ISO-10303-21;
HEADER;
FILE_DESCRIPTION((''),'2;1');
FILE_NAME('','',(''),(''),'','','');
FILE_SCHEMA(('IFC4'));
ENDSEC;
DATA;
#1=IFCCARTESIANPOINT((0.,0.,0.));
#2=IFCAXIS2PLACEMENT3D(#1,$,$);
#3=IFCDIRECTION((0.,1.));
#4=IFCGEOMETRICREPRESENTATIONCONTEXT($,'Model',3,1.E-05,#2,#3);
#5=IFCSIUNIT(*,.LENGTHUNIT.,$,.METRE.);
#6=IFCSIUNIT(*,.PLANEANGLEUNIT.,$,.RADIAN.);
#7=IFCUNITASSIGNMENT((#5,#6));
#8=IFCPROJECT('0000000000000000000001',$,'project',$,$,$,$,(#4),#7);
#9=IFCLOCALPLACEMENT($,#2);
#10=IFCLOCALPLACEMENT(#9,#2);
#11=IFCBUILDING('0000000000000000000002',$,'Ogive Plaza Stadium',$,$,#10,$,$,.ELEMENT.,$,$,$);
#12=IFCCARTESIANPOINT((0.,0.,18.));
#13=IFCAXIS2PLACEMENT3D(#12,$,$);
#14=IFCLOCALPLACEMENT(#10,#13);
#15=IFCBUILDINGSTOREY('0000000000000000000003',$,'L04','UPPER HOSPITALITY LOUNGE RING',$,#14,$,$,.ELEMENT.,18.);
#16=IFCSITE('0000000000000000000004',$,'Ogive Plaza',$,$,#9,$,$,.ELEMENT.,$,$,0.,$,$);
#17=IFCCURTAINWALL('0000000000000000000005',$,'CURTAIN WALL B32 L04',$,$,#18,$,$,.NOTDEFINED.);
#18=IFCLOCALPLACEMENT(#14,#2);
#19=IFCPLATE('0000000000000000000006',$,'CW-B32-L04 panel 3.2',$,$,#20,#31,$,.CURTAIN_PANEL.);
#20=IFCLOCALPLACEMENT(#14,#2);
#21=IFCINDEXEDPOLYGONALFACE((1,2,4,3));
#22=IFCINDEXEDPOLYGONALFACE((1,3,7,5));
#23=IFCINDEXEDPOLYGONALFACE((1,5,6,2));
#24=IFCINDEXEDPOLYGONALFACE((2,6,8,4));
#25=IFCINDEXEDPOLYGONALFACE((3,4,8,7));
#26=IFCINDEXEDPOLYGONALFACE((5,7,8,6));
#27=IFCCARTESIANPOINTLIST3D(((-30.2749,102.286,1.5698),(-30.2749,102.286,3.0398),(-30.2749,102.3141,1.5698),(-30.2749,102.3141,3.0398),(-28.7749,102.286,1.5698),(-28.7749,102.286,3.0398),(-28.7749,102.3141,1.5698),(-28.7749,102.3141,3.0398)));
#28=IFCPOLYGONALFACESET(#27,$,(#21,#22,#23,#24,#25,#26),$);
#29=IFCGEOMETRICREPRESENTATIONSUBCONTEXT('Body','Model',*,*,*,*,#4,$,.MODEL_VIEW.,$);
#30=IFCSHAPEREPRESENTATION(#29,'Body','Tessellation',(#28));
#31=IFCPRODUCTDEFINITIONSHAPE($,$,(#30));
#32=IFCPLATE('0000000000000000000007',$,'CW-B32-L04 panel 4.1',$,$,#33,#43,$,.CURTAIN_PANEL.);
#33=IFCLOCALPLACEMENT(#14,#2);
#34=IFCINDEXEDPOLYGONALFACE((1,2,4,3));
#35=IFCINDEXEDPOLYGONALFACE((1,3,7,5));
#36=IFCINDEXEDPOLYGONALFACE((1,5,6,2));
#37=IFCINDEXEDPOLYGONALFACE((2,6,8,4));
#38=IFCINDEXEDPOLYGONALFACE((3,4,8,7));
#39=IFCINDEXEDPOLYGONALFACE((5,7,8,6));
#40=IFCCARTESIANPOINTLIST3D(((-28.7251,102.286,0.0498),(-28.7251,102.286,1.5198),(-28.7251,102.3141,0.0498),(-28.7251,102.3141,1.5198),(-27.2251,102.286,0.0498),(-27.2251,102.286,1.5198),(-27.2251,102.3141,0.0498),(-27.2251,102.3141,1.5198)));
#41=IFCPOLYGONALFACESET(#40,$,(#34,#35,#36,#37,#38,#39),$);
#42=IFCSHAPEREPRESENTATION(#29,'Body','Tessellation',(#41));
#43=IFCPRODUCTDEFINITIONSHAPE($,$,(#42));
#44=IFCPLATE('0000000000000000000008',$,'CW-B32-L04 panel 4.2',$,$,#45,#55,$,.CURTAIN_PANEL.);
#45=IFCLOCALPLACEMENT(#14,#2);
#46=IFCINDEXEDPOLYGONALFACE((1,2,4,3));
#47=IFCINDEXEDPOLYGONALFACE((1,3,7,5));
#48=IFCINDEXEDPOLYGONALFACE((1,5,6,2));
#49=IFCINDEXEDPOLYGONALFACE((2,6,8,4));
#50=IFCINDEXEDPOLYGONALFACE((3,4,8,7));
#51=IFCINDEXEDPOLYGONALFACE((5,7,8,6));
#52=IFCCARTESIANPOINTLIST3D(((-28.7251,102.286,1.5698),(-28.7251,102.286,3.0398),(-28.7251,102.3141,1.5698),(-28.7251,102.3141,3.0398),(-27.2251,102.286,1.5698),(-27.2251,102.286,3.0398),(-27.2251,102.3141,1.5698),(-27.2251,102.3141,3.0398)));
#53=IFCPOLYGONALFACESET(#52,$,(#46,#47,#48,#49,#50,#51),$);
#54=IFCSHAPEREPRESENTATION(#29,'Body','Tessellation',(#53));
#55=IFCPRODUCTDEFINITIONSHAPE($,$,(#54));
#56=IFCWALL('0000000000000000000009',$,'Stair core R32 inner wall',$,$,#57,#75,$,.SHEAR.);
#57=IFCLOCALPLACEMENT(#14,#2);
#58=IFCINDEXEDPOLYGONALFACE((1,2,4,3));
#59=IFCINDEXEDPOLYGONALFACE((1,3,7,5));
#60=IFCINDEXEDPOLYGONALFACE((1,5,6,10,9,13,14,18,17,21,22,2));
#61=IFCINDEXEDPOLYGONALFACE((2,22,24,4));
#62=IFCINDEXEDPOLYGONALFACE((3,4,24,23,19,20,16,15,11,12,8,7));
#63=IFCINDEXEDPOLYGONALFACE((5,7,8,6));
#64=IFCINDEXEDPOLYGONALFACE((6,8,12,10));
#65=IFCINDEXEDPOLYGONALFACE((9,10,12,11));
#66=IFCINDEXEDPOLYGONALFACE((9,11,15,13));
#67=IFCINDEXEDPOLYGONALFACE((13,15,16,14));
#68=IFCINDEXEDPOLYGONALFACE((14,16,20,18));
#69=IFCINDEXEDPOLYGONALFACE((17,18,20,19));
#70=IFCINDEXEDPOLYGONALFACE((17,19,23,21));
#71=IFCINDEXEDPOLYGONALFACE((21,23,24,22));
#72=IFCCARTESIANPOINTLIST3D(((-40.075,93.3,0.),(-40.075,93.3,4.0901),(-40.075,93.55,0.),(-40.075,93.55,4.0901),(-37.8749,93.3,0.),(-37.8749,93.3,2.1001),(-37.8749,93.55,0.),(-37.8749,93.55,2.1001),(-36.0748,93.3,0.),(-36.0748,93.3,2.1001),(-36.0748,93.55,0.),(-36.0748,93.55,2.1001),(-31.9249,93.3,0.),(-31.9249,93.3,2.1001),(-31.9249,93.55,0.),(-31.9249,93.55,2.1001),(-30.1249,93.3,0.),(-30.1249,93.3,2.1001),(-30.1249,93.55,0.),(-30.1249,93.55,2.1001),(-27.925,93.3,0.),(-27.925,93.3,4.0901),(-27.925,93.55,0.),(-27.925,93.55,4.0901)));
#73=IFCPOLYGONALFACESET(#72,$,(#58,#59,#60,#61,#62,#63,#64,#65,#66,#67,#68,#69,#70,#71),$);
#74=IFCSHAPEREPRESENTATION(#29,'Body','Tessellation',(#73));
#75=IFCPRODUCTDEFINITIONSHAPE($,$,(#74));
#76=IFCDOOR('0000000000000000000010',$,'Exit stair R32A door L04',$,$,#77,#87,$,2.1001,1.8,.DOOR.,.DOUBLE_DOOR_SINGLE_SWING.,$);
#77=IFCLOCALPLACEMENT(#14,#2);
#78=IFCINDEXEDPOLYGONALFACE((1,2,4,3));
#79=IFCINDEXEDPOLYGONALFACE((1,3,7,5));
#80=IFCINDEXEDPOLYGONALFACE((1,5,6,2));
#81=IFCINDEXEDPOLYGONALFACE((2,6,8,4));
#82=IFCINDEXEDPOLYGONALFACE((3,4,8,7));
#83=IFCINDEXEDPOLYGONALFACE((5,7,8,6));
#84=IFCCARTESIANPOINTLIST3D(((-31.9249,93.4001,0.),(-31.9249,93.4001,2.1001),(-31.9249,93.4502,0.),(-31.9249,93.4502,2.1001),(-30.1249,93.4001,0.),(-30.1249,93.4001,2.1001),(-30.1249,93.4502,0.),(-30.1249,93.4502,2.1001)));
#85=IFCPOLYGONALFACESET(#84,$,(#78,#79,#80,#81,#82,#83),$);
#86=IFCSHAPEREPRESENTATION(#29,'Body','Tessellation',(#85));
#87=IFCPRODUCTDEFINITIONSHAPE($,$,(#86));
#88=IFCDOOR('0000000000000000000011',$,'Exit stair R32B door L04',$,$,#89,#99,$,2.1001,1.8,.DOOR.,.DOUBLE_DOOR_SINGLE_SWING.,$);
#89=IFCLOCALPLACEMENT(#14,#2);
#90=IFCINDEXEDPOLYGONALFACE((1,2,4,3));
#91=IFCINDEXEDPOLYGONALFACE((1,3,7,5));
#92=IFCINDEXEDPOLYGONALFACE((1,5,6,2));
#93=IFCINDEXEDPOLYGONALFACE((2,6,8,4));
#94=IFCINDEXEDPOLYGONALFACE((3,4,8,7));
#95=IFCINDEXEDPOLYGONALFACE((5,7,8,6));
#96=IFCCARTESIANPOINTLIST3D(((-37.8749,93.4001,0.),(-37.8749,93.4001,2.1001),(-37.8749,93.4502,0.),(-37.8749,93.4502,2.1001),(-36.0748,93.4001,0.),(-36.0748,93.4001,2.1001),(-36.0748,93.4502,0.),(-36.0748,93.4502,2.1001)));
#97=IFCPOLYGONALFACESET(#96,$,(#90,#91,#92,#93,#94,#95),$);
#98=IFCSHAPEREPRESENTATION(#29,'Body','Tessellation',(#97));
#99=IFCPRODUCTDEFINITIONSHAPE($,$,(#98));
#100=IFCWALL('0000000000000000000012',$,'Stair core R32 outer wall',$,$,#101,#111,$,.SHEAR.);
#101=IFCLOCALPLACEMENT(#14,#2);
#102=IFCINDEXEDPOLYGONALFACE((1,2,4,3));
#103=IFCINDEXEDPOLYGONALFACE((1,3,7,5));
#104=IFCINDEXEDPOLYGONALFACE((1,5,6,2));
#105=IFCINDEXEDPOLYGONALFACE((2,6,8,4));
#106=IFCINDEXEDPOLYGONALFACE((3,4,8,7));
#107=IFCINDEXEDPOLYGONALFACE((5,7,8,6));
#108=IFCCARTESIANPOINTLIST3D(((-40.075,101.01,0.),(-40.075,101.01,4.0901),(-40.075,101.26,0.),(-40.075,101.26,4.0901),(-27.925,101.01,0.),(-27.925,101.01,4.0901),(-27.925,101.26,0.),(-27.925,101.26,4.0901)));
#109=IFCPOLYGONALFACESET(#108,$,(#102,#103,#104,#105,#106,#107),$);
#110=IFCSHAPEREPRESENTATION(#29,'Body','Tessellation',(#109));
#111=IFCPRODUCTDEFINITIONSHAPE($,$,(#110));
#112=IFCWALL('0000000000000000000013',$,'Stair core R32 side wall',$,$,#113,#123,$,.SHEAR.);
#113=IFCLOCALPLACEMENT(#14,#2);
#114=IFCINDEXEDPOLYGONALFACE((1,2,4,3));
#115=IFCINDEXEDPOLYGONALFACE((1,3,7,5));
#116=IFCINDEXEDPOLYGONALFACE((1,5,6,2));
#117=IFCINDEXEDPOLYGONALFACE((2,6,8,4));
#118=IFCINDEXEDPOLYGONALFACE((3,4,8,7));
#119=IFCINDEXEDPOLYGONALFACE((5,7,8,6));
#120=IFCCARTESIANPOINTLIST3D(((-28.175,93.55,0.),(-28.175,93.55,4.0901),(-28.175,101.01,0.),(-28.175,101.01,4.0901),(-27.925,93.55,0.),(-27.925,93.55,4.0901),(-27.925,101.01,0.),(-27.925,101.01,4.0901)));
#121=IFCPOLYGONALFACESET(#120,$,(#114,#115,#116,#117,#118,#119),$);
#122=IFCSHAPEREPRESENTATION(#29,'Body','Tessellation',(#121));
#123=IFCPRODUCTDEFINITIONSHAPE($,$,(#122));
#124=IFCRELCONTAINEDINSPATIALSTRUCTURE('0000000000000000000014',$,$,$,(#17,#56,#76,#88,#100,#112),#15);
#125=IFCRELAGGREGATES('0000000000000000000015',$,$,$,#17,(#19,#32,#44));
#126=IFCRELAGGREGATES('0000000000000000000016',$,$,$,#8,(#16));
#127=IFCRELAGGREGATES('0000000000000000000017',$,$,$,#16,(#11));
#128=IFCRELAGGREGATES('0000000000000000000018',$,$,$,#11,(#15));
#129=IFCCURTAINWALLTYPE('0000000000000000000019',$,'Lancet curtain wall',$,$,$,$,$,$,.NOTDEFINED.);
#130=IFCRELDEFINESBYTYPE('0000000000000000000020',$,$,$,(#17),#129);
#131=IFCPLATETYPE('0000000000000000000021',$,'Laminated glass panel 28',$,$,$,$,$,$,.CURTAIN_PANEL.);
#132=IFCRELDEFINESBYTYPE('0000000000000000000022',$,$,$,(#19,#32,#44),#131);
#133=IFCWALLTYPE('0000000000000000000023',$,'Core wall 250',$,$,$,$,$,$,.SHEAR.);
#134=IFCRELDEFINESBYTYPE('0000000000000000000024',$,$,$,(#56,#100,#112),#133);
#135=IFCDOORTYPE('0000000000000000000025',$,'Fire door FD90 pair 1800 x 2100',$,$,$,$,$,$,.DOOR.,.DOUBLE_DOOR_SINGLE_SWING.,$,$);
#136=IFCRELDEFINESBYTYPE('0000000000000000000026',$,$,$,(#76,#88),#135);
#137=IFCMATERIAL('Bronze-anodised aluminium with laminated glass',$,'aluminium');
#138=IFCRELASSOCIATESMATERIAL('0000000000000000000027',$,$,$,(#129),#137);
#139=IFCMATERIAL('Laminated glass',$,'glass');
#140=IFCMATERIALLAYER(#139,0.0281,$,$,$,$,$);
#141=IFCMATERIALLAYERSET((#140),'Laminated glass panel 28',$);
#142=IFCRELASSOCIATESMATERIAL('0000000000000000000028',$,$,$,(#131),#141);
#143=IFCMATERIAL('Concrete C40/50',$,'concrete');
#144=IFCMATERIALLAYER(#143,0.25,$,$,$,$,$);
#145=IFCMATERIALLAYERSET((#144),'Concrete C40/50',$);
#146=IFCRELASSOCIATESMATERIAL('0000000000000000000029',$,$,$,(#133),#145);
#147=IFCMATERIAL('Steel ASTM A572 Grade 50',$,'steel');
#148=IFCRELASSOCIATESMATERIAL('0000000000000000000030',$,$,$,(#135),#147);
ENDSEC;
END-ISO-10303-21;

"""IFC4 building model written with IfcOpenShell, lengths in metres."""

from ifc_helpers import new_model, si_unit, direction, frame, frame_2d, origin, origin_2d, place, context, subcontext, project, spatial, rectangle, extrude, material, layer, layer_set, type_object, element, fill, aggregate, save


model = new_model("IFC4")

# Units and contexts
model_context = context("Model", 3, precision=1e-05, world=origin(), true_north=direction((0.0, 1.0)))
body_context = subcontext(model_context, "Body", "Model", "MODEL_VIEW")
ifc_project = project(units=[si_unit("LENGTHUNIT", "METRE"), si_unit("PLANEANGLEUNIT", "RADIAN")], contexts=[model_context])

# Site, building, storey
site_placement = place(None, origin())
site = spatial("IfcSite", under=ifc_project, at=site_placement, Name="Ogive Plaza", CompositionType="ELEMENT", RefElevation=0.0)
building_placement = place(site_placement, origin())
building = spatial("IfcBuilding", under=site, at=building_placement, Name="Ogive Plaza Stadium", CompositionType="ELEMENT")
storey_placement = place(building_placement, frame((0.0, 0.0, 18.0)))
storey = spatial("IfcBuildingStorey", under=building, at=storey_placement, Name="L04", Description="UPPER HOSPITALITY LOUNGE RING", CompositionType="ELEMENT", Elevation=18.0)

# Curtain wall, plates
ifc_material_1 = material(Name="Bronze-anodised aluminium with laminated glass", Category="aluminium")
curtain_wall_type = type_object("IfcCurtainWallType", Name="Lancet curtain wall", PredefinedType="NOTDEFINED", material=ifc_material_1)
curtain_wall_placement = place(storey_placement, origin())
curtain_wall = element("IfcCurtainWall", 1, at=curtain_wall_placement, inside=storey, type_object=curtain_wall_type, Name="CURTAIN WALL B32 L04", PredefinedType="NOTDEFINED")
ifc_material_2 = material(Name="Laminated glass", Category="glass")
ifc_layer_1 = layer(ifc_material_2, 0.0281)
ifc_layer_set_1 = layer_set([ifc_layer_1], Name="Laminated glass panel 28")
plate_type = type_object("IfcPlateType", Name="Laminated glass panel 28", PredefinedType="CURTAIN_PANEL", material=ifc_layer_set_1)
plate_1_placement = place(storey_placement, frame((-29.5249, 102.3, 1.5698), z_axis=(0.0, 0.0, 1.0), x_axis=(1.0, 0.0, 0.0)))
plate_1 = element("IfcPlate", 2, at=plate_1_placement, type_object=plate_type, Name="CW-B32-L04 panel 3.2", PredefinedType="CURTAIN_PANEL", context=body_context, shape_type="SweptSolid", body=[
    extrude(rectangle(XDim=1.5, YDim=0.0281, at=origin_2d()), origin(), (0.0, 0.0, 1.0), 1.47),
])
plate_2_placement = place(storey_placement, frame((-27.9751, 102.3, 0.0498), z_axis=(0.0, 0.0, 1.0), x_axis=(1.0, 0.0, 0.0)))
plate_2 = element("IfcPlate", 3, at=plate_2_placement, type_object=plate_type, Name="CW-B32-L04 panel 4.1", PredefinedType="CURTAIN_PANEL", context=body_context, shape_type="SweptSolid", body=[
    extrude(rectangle(XDim=1.5, YDim=0.0281, at=origin_2d()), origin(), (0.0, 0.0, 1.0), 1.47),
])
plate_3_placement = place(storey_placement, frame((-27.9751, 102.3, 1.5698), z_axis=(0.0, 0.0, 1.0), x_axis=(1.0, 0.0, 0.0)))
plate_3 = element("IfcPlate", 4, at=plate_3_placement, type_object=plate_type, Name="CW-B32-L04 panel 4.2", PredefinedType="CURTAIN_PANEL", context=body_context, shape_type="SweptSolid", body=[
    extrude(rectangle(XDim=1.5, YDim=0.0281, at=origin_2d()), origin(), (0.0, 0.0, 1.0), 1.47),
])
aggregate(curtain_wall, [plate_1, plate_2, plate_3])

# Wall, openings, doors
ifc_material_3 = material(Name="Concrete C40/50", Category="concrete")
ifc_layer_2 = layer(ifc_material_3, 0.25)
ifc_layer_set_2 = layer_set([ifc_layer_2], Name="Concrete C40/50")
wall_type = type_object("IfcWallType", Name="Core wall 250", PredefinedType="SHEAR", material=ifc_layer_set_2)
wall_1_placement = place(storey_placement, frame((-27.925, 93.425, 0.0), z_axis=(0.0, 0.0, 1.0), x_axis=(-1.0, 0.0, 0.0)))
wall_1 = element("IfcWall", 5, at=wall_1_placement, inside=storey, type_object=wall_type, Name="Stair core R32 inner wall", PredefinedType="SHEAR", context=body_context, shape_type="SweptSolid", body=[
    extrude(rectangle(XDim=12.1499, YDim=0.25, at=frame_2d((6.075, 0.0))), origin(), (0.0, 0.0, 1.0), 4.0901),
])
opening_1_placement = place(wall_1_placement, frame((2.2, 0.0, 0.0)))
opening_1 = element("IfcOpeningElement", 6, at=opening_1_placement, cuts=wall_1, PredefinedType="OPENING", context=body_context, shape_type="SweptSolid", body=[
    extrude(rectangle(XDim=1.8, YDim=2.1001, at=frame_2d((0.8999, 1.05))), frame((0.0, 0.125, 0.0), z_axis=(0.0, -1.0, 0.0), x_axis=(1.0, 0.0, 0.0)), (0.0, 0.0, 1.0), 0.25),
])
opening_2_placement = place(wall_1_placement, frame((8.1499, 0.0, 0.0)))
opening_2 = element("IfcOpeningElement", 7, at=opening_2_placement, cuts=wall_1, PredefinedType="OPENING", context=body_context, shape_type="SweptSolid", body=[
    extrude(rectangle(XDim=1.8, YDim=2.1001, at=frame_2d((0.8999, 1.05))), frame((0.0, 0.125, 0.0), z_axis=(0.0, -1.0, 0.0), x_axis=(1.0, 0.0, 0.0)), (0.0, 0.0, 1.0), 0.25),
])
ifc_material_4 = material(Name="Steel ASTM A572 Grade 50", Category="steel")
door_type = type_object("IfcDoorType", Name="Fire door FD90 pair 1800 x 2100", OperationType="DOUBLE_DOOR_SINGLE_SWING", PredefinedType="DOOR", material=ifc_material_4)
door_1_placement = place(opening_1_placement, origin())
door_1 = element("IfcDoor", 8, at=door_1_placement, inside=storey, type_object=door_type, Name="Exit stair R32A door L04", OperationType="DOUBLE_DOOR_SINGLE_SWING", OverallHeight=2.1001, OverallWidth=1.8, PredefinedType="DOOR", context=body_context, shape_type="SweptSolid", body=[
    extrude(rectangle(XDim=1.8, YDim=2.1001, at=frame_2d((0.8999, 1.05))), frame((0.0, 0.0249, 0.0), z_axis=(0.0, -1.0, 0.0), x_axis=(1.0, 0.0, 0.0)), (0.0, 0.0, 1.0), 0.05),
])
fill(opening_1, door_1)
door_2_placement = place(opening_2_placement, origin())
door_2 = element("IfcDoor", 9, at=door_2_placement, inside=storey, type_object=door_type, Name="Exit stair R32B door L04", OperationType="DOUBLE_DOOR_SINGLE_SWING", OverallHeight=2.1001, OverallWidth=1.8, PredefinedType="DOOR", context=body_context, shape_type="SweptSolid", body=[
    extrude(rectangle(XDim=1.8, YDim=2.1001, at=frame_2d((0.8999, 1.05))), frame((0.0, 0.0249, 0.0), z_axis=(0.0, -1.0, 0.0), x_axis=(1.0, 0.0, 0.0)), (0.0, 0.0, 1.0), 0.05),
])
fill(opening_2, door_2)

# Walls
wall_2_placement = place(storey_placement, frame((-27.925, 101.135, 0.0), z_axis=(0.0, 0.0, 1.0), x_axis=(-1.0, 0.0, 0.0)))
element("IfcWall", 10, at=wall_2_placement, inside=storey, type_object=wall_type, Name="Stair core R32 outer wall", PredefinedType="SHEAR", context=body_context, shape_type="SweptSolid", body=[
    extrude(rectangle(XDim=12.1499, YDim=0.25, at=frame_2d((6.075, 0.0))), origin(), (0.0, 0.0, 1.0), 4.0901),
])
wall_3_placement = place(storey_placement, frame((-28.05, 93.55, 0.0), z_axis=(0.0, 0.0, 1.0), x_axis=(0.0, 1.0, 0.0)))
element("IfcWall", 11, at=wall_3_placement, inside=storey, type_object=wall_type, Name="Stair core R32 side wall", PredefinedType="SHEAR", context=body_context, shape_type="SweptSolid", body=[
    extrude(rectangle(XDim=7.46, YDim=0.25, at=frame_2d((3.73, 0.0))), origin(), (0.0, 0.0, 1.0), 4.0901),
])

save(model, "model.ifc")
